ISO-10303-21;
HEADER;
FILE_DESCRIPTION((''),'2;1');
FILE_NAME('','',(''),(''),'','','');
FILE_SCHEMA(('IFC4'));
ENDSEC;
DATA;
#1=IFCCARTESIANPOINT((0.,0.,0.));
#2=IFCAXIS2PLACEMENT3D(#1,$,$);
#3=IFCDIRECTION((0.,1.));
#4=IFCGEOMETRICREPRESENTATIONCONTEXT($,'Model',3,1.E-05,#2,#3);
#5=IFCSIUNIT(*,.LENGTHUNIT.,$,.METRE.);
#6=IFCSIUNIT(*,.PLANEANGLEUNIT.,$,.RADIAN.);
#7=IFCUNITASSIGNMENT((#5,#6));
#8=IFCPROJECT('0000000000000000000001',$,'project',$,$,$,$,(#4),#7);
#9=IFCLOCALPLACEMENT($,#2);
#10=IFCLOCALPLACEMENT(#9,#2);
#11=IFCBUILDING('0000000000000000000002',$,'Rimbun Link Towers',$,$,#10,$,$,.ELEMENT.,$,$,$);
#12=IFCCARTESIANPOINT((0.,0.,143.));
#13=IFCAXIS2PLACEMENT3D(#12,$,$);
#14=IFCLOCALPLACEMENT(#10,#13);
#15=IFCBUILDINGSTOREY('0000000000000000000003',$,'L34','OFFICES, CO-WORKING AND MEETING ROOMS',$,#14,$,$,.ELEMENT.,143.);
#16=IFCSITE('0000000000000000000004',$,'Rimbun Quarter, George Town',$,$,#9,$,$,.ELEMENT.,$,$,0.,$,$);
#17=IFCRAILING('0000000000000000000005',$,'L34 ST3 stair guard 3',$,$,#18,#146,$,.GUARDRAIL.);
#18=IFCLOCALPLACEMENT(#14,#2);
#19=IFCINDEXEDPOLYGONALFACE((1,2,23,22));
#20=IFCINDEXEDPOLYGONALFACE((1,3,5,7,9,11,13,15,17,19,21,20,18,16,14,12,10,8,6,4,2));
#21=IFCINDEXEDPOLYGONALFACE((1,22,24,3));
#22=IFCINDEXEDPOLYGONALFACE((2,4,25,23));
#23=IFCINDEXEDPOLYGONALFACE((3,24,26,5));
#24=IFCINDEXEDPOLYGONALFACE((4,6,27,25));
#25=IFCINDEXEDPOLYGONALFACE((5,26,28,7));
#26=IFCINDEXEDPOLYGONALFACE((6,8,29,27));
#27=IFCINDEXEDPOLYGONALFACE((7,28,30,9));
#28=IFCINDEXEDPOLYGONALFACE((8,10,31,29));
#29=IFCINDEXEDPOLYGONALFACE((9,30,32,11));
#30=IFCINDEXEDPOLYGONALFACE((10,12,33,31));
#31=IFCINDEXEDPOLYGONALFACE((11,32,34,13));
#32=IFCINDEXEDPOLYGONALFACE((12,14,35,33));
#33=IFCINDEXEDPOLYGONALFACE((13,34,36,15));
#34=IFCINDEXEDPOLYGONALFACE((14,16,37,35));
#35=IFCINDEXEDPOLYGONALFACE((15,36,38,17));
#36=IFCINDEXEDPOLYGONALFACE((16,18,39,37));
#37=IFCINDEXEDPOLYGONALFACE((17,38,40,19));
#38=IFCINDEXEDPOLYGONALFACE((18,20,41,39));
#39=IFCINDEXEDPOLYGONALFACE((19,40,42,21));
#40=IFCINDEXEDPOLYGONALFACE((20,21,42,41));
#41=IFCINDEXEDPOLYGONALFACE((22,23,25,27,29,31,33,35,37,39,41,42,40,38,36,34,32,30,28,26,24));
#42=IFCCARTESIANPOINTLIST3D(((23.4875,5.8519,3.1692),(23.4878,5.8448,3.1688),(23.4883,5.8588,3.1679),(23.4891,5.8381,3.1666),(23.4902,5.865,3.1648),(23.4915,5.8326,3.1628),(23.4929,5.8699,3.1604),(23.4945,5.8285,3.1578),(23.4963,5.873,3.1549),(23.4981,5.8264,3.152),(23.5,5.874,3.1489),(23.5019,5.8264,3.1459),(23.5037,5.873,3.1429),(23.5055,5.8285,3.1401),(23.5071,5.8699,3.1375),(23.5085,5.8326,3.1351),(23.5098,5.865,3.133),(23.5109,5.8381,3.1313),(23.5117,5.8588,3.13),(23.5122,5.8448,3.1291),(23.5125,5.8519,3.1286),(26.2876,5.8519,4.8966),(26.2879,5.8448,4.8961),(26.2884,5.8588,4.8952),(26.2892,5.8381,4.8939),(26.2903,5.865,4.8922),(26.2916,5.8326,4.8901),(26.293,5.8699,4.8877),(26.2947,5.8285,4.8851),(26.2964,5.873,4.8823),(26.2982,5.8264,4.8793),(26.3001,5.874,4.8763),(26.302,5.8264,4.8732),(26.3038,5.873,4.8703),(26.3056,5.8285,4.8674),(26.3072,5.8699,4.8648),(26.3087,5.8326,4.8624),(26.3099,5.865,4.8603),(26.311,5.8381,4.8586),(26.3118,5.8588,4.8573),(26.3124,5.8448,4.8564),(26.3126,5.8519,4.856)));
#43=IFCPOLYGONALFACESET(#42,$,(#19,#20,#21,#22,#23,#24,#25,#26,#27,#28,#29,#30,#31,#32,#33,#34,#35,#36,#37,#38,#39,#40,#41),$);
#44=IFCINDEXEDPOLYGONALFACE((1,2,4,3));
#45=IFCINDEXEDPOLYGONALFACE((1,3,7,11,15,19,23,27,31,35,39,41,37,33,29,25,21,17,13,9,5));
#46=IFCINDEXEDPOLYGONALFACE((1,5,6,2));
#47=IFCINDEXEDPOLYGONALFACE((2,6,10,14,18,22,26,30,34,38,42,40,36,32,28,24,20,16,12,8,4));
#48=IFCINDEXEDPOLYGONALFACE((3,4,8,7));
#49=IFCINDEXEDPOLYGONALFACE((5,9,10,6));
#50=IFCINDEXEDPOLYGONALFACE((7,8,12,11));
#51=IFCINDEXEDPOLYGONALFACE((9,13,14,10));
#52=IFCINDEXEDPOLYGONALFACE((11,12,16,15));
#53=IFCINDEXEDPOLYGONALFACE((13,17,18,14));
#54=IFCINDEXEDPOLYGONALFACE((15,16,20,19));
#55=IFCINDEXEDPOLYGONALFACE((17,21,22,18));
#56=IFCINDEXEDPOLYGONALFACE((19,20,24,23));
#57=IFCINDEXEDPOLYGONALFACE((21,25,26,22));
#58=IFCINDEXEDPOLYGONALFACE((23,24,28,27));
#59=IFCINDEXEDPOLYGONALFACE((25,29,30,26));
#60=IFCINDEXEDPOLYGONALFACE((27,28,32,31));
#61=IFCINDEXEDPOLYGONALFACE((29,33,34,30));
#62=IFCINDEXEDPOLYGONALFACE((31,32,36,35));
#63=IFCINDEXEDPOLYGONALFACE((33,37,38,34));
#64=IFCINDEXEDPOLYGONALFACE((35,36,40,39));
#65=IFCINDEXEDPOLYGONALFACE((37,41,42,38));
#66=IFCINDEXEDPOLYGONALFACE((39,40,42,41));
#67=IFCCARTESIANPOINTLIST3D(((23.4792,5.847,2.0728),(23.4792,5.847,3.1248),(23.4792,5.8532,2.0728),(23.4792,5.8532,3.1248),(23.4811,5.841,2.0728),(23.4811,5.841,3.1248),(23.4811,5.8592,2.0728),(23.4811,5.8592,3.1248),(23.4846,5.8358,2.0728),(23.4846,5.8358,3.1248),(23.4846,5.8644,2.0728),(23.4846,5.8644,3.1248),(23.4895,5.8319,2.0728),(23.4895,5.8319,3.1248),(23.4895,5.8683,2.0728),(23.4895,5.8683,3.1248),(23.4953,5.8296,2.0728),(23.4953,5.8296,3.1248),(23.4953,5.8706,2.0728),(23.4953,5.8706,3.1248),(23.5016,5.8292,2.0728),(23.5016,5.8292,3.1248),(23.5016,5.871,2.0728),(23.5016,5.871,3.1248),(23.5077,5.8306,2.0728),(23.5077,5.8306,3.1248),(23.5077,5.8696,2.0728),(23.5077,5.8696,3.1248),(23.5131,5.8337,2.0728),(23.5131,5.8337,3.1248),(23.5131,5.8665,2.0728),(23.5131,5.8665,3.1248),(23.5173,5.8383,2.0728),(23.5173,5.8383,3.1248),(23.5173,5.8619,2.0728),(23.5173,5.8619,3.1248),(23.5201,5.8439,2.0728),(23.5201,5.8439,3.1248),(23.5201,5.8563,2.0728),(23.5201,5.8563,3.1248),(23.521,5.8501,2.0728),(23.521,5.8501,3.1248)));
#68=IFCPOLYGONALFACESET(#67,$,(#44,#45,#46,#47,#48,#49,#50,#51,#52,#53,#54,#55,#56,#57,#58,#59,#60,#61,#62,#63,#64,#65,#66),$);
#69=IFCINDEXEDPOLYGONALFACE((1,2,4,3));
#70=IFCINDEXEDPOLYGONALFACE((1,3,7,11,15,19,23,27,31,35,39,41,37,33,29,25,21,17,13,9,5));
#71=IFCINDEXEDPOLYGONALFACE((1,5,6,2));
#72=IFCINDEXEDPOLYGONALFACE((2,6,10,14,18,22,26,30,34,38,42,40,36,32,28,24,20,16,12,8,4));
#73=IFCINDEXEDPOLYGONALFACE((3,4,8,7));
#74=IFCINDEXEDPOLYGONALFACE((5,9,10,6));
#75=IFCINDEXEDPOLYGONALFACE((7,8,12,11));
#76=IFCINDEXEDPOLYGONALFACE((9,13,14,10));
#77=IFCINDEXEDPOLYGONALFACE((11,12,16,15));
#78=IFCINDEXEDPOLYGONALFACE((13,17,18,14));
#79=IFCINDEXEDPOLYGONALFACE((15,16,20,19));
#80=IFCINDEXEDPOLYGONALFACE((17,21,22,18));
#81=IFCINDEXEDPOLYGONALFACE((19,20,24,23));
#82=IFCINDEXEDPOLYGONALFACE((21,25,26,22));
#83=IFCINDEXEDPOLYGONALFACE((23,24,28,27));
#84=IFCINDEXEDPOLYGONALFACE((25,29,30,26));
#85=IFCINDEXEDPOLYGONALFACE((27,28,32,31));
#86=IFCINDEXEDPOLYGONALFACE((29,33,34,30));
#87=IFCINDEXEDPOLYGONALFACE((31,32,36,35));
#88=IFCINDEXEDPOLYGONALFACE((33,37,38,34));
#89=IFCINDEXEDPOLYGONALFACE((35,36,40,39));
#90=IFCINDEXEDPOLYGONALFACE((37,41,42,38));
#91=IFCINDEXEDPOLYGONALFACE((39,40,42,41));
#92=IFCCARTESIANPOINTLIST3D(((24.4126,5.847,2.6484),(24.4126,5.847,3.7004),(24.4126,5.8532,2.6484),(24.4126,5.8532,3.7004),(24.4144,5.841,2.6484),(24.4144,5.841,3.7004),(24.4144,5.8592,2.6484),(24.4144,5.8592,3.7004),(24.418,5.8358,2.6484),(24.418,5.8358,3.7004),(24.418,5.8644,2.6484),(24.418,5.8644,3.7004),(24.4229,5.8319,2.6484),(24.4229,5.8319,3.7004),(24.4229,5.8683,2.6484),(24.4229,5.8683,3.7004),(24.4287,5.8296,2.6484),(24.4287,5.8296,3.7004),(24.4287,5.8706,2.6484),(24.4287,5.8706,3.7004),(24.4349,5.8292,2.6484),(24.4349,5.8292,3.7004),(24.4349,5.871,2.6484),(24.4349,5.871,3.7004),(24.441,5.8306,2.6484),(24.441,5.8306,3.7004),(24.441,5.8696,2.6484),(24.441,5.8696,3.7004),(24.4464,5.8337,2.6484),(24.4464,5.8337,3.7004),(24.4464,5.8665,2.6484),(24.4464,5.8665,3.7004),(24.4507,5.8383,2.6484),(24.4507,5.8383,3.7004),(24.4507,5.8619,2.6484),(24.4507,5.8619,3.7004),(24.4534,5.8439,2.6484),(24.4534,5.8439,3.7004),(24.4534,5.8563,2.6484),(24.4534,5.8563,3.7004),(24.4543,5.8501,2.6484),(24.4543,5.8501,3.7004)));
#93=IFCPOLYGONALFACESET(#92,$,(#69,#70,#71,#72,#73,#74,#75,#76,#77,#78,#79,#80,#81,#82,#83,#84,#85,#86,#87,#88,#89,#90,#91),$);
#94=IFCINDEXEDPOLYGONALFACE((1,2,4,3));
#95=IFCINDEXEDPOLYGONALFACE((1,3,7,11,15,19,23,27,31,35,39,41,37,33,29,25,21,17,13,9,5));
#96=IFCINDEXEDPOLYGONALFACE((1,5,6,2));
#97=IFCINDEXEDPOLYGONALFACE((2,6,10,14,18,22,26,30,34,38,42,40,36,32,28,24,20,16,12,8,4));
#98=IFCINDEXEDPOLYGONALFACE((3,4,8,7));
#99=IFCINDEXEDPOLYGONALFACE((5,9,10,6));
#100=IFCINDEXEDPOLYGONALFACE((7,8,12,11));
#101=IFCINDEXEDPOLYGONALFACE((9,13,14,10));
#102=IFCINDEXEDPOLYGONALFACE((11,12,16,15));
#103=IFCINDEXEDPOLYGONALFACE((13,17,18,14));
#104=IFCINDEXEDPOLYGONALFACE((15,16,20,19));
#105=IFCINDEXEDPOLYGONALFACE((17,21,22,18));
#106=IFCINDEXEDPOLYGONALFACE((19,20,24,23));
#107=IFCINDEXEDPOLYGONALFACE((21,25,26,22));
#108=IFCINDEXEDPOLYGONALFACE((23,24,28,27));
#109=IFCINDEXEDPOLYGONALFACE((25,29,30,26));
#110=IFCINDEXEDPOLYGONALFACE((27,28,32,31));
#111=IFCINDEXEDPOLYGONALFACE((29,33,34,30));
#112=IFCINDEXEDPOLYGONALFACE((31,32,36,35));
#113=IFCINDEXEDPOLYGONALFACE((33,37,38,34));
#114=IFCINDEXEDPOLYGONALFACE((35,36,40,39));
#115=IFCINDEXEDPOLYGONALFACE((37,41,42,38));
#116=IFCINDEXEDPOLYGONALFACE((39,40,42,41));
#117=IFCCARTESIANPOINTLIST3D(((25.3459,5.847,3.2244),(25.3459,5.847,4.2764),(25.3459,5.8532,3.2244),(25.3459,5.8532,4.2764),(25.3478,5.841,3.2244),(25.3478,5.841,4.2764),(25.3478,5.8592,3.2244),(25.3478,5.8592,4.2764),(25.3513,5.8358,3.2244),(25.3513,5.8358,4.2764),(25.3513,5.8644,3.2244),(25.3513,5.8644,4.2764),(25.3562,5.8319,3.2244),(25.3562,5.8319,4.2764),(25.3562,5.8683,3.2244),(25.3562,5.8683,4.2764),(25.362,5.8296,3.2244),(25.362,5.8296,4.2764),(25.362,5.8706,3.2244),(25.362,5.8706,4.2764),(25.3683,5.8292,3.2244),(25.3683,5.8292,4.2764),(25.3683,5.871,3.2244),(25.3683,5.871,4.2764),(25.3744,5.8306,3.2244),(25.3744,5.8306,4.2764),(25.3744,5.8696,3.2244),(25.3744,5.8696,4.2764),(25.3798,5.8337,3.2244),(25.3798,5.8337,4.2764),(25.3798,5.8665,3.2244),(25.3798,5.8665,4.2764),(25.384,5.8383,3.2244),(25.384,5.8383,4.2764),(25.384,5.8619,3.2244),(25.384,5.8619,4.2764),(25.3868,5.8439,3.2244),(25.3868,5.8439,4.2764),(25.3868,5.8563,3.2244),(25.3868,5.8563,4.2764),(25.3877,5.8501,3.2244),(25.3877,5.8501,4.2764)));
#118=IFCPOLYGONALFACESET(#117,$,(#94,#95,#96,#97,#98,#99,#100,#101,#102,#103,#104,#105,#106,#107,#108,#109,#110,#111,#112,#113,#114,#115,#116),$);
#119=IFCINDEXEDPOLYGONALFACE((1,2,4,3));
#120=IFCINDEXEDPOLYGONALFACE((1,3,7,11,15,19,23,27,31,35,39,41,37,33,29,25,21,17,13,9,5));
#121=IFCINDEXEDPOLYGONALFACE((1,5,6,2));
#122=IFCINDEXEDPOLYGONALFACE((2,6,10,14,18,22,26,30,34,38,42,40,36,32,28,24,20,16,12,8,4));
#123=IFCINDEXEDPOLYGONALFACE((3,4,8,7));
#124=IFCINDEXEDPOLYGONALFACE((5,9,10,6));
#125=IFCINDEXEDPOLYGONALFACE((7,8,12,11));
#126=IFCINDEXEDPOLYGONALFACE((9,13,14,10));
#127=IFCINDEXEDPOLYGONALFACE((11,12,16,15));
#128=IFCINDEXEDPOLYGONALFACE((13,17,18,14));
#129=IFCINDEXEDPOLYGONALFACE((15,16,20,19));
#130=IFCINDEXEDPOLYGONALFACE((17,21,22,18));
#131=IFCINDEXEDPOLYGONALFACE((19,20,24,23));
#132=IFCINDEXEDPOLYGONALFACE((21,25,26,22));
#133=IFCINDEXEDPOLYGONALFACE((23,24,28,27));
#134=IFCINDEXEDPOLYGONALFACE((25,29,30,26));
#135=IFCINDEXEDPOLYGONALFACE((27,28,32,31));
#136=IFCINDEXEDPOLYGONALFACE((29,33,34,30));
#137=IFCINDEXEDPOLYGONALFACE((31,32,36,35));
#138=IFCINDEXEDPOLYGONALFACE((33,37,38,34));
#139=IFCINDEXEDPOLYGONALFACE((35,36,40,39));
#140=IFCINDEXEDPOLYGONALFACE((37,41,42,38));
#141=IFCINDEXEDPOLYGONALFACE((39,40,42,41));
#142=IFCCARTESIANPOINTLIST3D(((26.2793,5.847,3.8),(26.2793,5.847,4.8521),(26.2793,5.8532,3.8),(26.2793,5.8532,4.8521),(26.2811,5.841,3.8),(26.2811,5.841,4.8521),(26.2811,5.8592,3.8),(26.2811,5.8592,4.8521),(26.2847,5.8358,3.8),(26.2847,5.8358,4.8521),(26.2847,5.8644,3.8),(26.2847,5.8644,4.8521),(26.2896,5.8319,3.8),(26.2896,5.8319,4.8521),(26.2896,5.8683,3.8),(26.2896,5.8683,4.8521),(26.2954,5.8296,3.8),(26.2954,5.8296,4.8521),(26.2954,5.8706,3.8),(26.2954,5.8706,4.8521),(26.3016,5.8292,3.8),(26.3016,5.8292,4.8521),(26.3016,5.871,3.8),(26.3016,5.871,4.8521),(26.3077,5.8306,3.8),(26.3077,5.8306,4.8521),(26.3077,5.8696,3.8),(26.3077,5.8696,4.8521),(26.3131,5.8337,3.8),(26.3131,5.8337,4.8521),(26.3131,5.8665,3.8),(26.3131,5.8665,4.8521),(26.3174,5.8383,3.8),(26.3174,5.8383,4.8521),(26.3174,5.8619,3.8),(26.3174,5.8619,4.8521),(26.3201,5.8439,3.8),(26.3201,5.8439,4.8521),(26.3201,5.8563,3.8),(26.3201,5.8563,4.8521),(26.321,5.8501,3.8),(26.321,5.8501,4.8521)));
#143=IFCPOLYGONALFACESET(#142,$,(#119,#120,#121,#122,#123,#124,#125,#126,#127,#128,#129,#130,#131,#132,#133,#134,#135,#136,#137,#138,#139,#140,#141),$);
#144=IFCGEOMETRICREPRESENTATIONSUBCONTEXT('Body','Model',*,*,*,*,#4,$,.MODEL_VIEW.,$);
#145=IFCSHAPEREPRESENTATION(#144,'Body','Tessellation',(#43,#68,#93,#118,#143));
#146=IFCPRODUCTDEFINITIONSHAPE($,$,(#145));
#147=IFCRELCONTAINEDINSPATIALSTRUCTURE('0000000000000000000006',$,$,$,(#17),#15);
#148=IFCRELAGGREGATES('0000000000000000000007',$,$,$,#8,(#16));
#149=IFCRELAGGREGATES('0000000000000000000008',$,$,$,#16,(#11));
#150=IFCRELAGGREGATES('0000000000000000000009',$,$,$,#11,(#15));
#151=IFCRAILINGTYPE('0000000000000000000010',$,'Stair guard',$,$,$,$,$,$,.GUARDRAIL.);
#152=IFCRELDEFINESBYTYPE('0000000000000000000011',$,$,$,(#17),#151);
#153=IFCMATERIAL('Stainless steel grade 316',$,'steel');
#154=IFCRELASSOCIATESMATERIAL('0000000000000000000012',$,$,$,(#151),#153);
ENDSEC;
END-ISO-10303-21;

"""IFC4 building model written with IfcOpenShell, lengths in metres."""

from ifc_helpers import new_model, si_unit, direction, frame, origin, origin_2d, place, context, subcontext, project, spatial, circle, extrude, material, type_object, element, save


model = new_model("IFC4")

# Units and contexts
model_context = context("Model", 3, precision=1e-05, world=origin(), true_north=direction((0.0, 1.0)))
body_context = subcontext(model_context, "Body", "Model", "MODEL_VIEW")
ifc_project = project(units=[si_unit("LENGTHUNIT", "METRE"), si_unit("PLANEANGLEUNIT", "RADIAN")], contexts=[model_context])

# Site, building, storey
site_placement = place(None, origin())
site = spatial("IfcSite", under=ifc_project, at=site_placement, Name="Rimbun Quarter, George Town", CompositionType="ELEMENT", RefElevation=0.0)
building_placement = place(site_placement, origin())
building = spatial("IfcBuilding", under=site, at=building_placement, Name="Rimbun Link Towers", CompositionType="ELEMENT")
storey_placement = place(building_placement, frame((0.0, 0.0, 143.0)))
storey = spatial("IfcBuildingStorey", under=building, at=storey_placement, Name="L34", Description="OFFICES, CO-WORKING AND MEETING ROOMS", CompositionType="ELEMENT", Elevation=143.0)

# Railing
ifc_material_1 = material(Name="Stainless steel grade 316", Category="steel")
railing_type_1 = type_object("IfcRailingType", Name="Stair guard", PredefinedType="GUARDRAIL", material=ifc_material_1)
railing_1_placement = place(storey_placement, frame((23.5, 5.8501, 2.0728)))
element("IfcRailing", 1, at=railing_1_placement, inside=storey, type_object=railing_type_1, Name="L34 ST3 stair guard 3", PredefinedType="GUARDRAIL", context=body_context, shape_type="SweptSolid", body=[
    extrude(circle(Radius=0.0239, at=origin_2d()), frame((0.0, 0.0, 1.0762), z_axis=(0.85109, 0.0, 0.52502), x_axis=(0.0, 1.0, 0.0)), (0.0, 0.0, 1.0), 3.29),
    extrude(circle(Radius=0.021, at=origin_2d()), origin(), (0.0, 0.0, 1.0), 1.052),
    extrude(circle(Radius=0.021, at=origin_2d()), frame((0.9333, 0.0, 0.5757)), (0.0, 0.0, 1.0), 1.052),
    extrude(circle(Radius=0.021, at=origin_2d()), frame((1.8667, 0.0, 1.1516)), (0.0, 0.0, 1.0), 1.052),
    extrude(circle(Radius=0.021, at=origin_2d()), frame((2.8, 0.0, 1.7273)), (0.0, 0.0, 1.0), 1.052),
])

save(model, "model.ifc")
